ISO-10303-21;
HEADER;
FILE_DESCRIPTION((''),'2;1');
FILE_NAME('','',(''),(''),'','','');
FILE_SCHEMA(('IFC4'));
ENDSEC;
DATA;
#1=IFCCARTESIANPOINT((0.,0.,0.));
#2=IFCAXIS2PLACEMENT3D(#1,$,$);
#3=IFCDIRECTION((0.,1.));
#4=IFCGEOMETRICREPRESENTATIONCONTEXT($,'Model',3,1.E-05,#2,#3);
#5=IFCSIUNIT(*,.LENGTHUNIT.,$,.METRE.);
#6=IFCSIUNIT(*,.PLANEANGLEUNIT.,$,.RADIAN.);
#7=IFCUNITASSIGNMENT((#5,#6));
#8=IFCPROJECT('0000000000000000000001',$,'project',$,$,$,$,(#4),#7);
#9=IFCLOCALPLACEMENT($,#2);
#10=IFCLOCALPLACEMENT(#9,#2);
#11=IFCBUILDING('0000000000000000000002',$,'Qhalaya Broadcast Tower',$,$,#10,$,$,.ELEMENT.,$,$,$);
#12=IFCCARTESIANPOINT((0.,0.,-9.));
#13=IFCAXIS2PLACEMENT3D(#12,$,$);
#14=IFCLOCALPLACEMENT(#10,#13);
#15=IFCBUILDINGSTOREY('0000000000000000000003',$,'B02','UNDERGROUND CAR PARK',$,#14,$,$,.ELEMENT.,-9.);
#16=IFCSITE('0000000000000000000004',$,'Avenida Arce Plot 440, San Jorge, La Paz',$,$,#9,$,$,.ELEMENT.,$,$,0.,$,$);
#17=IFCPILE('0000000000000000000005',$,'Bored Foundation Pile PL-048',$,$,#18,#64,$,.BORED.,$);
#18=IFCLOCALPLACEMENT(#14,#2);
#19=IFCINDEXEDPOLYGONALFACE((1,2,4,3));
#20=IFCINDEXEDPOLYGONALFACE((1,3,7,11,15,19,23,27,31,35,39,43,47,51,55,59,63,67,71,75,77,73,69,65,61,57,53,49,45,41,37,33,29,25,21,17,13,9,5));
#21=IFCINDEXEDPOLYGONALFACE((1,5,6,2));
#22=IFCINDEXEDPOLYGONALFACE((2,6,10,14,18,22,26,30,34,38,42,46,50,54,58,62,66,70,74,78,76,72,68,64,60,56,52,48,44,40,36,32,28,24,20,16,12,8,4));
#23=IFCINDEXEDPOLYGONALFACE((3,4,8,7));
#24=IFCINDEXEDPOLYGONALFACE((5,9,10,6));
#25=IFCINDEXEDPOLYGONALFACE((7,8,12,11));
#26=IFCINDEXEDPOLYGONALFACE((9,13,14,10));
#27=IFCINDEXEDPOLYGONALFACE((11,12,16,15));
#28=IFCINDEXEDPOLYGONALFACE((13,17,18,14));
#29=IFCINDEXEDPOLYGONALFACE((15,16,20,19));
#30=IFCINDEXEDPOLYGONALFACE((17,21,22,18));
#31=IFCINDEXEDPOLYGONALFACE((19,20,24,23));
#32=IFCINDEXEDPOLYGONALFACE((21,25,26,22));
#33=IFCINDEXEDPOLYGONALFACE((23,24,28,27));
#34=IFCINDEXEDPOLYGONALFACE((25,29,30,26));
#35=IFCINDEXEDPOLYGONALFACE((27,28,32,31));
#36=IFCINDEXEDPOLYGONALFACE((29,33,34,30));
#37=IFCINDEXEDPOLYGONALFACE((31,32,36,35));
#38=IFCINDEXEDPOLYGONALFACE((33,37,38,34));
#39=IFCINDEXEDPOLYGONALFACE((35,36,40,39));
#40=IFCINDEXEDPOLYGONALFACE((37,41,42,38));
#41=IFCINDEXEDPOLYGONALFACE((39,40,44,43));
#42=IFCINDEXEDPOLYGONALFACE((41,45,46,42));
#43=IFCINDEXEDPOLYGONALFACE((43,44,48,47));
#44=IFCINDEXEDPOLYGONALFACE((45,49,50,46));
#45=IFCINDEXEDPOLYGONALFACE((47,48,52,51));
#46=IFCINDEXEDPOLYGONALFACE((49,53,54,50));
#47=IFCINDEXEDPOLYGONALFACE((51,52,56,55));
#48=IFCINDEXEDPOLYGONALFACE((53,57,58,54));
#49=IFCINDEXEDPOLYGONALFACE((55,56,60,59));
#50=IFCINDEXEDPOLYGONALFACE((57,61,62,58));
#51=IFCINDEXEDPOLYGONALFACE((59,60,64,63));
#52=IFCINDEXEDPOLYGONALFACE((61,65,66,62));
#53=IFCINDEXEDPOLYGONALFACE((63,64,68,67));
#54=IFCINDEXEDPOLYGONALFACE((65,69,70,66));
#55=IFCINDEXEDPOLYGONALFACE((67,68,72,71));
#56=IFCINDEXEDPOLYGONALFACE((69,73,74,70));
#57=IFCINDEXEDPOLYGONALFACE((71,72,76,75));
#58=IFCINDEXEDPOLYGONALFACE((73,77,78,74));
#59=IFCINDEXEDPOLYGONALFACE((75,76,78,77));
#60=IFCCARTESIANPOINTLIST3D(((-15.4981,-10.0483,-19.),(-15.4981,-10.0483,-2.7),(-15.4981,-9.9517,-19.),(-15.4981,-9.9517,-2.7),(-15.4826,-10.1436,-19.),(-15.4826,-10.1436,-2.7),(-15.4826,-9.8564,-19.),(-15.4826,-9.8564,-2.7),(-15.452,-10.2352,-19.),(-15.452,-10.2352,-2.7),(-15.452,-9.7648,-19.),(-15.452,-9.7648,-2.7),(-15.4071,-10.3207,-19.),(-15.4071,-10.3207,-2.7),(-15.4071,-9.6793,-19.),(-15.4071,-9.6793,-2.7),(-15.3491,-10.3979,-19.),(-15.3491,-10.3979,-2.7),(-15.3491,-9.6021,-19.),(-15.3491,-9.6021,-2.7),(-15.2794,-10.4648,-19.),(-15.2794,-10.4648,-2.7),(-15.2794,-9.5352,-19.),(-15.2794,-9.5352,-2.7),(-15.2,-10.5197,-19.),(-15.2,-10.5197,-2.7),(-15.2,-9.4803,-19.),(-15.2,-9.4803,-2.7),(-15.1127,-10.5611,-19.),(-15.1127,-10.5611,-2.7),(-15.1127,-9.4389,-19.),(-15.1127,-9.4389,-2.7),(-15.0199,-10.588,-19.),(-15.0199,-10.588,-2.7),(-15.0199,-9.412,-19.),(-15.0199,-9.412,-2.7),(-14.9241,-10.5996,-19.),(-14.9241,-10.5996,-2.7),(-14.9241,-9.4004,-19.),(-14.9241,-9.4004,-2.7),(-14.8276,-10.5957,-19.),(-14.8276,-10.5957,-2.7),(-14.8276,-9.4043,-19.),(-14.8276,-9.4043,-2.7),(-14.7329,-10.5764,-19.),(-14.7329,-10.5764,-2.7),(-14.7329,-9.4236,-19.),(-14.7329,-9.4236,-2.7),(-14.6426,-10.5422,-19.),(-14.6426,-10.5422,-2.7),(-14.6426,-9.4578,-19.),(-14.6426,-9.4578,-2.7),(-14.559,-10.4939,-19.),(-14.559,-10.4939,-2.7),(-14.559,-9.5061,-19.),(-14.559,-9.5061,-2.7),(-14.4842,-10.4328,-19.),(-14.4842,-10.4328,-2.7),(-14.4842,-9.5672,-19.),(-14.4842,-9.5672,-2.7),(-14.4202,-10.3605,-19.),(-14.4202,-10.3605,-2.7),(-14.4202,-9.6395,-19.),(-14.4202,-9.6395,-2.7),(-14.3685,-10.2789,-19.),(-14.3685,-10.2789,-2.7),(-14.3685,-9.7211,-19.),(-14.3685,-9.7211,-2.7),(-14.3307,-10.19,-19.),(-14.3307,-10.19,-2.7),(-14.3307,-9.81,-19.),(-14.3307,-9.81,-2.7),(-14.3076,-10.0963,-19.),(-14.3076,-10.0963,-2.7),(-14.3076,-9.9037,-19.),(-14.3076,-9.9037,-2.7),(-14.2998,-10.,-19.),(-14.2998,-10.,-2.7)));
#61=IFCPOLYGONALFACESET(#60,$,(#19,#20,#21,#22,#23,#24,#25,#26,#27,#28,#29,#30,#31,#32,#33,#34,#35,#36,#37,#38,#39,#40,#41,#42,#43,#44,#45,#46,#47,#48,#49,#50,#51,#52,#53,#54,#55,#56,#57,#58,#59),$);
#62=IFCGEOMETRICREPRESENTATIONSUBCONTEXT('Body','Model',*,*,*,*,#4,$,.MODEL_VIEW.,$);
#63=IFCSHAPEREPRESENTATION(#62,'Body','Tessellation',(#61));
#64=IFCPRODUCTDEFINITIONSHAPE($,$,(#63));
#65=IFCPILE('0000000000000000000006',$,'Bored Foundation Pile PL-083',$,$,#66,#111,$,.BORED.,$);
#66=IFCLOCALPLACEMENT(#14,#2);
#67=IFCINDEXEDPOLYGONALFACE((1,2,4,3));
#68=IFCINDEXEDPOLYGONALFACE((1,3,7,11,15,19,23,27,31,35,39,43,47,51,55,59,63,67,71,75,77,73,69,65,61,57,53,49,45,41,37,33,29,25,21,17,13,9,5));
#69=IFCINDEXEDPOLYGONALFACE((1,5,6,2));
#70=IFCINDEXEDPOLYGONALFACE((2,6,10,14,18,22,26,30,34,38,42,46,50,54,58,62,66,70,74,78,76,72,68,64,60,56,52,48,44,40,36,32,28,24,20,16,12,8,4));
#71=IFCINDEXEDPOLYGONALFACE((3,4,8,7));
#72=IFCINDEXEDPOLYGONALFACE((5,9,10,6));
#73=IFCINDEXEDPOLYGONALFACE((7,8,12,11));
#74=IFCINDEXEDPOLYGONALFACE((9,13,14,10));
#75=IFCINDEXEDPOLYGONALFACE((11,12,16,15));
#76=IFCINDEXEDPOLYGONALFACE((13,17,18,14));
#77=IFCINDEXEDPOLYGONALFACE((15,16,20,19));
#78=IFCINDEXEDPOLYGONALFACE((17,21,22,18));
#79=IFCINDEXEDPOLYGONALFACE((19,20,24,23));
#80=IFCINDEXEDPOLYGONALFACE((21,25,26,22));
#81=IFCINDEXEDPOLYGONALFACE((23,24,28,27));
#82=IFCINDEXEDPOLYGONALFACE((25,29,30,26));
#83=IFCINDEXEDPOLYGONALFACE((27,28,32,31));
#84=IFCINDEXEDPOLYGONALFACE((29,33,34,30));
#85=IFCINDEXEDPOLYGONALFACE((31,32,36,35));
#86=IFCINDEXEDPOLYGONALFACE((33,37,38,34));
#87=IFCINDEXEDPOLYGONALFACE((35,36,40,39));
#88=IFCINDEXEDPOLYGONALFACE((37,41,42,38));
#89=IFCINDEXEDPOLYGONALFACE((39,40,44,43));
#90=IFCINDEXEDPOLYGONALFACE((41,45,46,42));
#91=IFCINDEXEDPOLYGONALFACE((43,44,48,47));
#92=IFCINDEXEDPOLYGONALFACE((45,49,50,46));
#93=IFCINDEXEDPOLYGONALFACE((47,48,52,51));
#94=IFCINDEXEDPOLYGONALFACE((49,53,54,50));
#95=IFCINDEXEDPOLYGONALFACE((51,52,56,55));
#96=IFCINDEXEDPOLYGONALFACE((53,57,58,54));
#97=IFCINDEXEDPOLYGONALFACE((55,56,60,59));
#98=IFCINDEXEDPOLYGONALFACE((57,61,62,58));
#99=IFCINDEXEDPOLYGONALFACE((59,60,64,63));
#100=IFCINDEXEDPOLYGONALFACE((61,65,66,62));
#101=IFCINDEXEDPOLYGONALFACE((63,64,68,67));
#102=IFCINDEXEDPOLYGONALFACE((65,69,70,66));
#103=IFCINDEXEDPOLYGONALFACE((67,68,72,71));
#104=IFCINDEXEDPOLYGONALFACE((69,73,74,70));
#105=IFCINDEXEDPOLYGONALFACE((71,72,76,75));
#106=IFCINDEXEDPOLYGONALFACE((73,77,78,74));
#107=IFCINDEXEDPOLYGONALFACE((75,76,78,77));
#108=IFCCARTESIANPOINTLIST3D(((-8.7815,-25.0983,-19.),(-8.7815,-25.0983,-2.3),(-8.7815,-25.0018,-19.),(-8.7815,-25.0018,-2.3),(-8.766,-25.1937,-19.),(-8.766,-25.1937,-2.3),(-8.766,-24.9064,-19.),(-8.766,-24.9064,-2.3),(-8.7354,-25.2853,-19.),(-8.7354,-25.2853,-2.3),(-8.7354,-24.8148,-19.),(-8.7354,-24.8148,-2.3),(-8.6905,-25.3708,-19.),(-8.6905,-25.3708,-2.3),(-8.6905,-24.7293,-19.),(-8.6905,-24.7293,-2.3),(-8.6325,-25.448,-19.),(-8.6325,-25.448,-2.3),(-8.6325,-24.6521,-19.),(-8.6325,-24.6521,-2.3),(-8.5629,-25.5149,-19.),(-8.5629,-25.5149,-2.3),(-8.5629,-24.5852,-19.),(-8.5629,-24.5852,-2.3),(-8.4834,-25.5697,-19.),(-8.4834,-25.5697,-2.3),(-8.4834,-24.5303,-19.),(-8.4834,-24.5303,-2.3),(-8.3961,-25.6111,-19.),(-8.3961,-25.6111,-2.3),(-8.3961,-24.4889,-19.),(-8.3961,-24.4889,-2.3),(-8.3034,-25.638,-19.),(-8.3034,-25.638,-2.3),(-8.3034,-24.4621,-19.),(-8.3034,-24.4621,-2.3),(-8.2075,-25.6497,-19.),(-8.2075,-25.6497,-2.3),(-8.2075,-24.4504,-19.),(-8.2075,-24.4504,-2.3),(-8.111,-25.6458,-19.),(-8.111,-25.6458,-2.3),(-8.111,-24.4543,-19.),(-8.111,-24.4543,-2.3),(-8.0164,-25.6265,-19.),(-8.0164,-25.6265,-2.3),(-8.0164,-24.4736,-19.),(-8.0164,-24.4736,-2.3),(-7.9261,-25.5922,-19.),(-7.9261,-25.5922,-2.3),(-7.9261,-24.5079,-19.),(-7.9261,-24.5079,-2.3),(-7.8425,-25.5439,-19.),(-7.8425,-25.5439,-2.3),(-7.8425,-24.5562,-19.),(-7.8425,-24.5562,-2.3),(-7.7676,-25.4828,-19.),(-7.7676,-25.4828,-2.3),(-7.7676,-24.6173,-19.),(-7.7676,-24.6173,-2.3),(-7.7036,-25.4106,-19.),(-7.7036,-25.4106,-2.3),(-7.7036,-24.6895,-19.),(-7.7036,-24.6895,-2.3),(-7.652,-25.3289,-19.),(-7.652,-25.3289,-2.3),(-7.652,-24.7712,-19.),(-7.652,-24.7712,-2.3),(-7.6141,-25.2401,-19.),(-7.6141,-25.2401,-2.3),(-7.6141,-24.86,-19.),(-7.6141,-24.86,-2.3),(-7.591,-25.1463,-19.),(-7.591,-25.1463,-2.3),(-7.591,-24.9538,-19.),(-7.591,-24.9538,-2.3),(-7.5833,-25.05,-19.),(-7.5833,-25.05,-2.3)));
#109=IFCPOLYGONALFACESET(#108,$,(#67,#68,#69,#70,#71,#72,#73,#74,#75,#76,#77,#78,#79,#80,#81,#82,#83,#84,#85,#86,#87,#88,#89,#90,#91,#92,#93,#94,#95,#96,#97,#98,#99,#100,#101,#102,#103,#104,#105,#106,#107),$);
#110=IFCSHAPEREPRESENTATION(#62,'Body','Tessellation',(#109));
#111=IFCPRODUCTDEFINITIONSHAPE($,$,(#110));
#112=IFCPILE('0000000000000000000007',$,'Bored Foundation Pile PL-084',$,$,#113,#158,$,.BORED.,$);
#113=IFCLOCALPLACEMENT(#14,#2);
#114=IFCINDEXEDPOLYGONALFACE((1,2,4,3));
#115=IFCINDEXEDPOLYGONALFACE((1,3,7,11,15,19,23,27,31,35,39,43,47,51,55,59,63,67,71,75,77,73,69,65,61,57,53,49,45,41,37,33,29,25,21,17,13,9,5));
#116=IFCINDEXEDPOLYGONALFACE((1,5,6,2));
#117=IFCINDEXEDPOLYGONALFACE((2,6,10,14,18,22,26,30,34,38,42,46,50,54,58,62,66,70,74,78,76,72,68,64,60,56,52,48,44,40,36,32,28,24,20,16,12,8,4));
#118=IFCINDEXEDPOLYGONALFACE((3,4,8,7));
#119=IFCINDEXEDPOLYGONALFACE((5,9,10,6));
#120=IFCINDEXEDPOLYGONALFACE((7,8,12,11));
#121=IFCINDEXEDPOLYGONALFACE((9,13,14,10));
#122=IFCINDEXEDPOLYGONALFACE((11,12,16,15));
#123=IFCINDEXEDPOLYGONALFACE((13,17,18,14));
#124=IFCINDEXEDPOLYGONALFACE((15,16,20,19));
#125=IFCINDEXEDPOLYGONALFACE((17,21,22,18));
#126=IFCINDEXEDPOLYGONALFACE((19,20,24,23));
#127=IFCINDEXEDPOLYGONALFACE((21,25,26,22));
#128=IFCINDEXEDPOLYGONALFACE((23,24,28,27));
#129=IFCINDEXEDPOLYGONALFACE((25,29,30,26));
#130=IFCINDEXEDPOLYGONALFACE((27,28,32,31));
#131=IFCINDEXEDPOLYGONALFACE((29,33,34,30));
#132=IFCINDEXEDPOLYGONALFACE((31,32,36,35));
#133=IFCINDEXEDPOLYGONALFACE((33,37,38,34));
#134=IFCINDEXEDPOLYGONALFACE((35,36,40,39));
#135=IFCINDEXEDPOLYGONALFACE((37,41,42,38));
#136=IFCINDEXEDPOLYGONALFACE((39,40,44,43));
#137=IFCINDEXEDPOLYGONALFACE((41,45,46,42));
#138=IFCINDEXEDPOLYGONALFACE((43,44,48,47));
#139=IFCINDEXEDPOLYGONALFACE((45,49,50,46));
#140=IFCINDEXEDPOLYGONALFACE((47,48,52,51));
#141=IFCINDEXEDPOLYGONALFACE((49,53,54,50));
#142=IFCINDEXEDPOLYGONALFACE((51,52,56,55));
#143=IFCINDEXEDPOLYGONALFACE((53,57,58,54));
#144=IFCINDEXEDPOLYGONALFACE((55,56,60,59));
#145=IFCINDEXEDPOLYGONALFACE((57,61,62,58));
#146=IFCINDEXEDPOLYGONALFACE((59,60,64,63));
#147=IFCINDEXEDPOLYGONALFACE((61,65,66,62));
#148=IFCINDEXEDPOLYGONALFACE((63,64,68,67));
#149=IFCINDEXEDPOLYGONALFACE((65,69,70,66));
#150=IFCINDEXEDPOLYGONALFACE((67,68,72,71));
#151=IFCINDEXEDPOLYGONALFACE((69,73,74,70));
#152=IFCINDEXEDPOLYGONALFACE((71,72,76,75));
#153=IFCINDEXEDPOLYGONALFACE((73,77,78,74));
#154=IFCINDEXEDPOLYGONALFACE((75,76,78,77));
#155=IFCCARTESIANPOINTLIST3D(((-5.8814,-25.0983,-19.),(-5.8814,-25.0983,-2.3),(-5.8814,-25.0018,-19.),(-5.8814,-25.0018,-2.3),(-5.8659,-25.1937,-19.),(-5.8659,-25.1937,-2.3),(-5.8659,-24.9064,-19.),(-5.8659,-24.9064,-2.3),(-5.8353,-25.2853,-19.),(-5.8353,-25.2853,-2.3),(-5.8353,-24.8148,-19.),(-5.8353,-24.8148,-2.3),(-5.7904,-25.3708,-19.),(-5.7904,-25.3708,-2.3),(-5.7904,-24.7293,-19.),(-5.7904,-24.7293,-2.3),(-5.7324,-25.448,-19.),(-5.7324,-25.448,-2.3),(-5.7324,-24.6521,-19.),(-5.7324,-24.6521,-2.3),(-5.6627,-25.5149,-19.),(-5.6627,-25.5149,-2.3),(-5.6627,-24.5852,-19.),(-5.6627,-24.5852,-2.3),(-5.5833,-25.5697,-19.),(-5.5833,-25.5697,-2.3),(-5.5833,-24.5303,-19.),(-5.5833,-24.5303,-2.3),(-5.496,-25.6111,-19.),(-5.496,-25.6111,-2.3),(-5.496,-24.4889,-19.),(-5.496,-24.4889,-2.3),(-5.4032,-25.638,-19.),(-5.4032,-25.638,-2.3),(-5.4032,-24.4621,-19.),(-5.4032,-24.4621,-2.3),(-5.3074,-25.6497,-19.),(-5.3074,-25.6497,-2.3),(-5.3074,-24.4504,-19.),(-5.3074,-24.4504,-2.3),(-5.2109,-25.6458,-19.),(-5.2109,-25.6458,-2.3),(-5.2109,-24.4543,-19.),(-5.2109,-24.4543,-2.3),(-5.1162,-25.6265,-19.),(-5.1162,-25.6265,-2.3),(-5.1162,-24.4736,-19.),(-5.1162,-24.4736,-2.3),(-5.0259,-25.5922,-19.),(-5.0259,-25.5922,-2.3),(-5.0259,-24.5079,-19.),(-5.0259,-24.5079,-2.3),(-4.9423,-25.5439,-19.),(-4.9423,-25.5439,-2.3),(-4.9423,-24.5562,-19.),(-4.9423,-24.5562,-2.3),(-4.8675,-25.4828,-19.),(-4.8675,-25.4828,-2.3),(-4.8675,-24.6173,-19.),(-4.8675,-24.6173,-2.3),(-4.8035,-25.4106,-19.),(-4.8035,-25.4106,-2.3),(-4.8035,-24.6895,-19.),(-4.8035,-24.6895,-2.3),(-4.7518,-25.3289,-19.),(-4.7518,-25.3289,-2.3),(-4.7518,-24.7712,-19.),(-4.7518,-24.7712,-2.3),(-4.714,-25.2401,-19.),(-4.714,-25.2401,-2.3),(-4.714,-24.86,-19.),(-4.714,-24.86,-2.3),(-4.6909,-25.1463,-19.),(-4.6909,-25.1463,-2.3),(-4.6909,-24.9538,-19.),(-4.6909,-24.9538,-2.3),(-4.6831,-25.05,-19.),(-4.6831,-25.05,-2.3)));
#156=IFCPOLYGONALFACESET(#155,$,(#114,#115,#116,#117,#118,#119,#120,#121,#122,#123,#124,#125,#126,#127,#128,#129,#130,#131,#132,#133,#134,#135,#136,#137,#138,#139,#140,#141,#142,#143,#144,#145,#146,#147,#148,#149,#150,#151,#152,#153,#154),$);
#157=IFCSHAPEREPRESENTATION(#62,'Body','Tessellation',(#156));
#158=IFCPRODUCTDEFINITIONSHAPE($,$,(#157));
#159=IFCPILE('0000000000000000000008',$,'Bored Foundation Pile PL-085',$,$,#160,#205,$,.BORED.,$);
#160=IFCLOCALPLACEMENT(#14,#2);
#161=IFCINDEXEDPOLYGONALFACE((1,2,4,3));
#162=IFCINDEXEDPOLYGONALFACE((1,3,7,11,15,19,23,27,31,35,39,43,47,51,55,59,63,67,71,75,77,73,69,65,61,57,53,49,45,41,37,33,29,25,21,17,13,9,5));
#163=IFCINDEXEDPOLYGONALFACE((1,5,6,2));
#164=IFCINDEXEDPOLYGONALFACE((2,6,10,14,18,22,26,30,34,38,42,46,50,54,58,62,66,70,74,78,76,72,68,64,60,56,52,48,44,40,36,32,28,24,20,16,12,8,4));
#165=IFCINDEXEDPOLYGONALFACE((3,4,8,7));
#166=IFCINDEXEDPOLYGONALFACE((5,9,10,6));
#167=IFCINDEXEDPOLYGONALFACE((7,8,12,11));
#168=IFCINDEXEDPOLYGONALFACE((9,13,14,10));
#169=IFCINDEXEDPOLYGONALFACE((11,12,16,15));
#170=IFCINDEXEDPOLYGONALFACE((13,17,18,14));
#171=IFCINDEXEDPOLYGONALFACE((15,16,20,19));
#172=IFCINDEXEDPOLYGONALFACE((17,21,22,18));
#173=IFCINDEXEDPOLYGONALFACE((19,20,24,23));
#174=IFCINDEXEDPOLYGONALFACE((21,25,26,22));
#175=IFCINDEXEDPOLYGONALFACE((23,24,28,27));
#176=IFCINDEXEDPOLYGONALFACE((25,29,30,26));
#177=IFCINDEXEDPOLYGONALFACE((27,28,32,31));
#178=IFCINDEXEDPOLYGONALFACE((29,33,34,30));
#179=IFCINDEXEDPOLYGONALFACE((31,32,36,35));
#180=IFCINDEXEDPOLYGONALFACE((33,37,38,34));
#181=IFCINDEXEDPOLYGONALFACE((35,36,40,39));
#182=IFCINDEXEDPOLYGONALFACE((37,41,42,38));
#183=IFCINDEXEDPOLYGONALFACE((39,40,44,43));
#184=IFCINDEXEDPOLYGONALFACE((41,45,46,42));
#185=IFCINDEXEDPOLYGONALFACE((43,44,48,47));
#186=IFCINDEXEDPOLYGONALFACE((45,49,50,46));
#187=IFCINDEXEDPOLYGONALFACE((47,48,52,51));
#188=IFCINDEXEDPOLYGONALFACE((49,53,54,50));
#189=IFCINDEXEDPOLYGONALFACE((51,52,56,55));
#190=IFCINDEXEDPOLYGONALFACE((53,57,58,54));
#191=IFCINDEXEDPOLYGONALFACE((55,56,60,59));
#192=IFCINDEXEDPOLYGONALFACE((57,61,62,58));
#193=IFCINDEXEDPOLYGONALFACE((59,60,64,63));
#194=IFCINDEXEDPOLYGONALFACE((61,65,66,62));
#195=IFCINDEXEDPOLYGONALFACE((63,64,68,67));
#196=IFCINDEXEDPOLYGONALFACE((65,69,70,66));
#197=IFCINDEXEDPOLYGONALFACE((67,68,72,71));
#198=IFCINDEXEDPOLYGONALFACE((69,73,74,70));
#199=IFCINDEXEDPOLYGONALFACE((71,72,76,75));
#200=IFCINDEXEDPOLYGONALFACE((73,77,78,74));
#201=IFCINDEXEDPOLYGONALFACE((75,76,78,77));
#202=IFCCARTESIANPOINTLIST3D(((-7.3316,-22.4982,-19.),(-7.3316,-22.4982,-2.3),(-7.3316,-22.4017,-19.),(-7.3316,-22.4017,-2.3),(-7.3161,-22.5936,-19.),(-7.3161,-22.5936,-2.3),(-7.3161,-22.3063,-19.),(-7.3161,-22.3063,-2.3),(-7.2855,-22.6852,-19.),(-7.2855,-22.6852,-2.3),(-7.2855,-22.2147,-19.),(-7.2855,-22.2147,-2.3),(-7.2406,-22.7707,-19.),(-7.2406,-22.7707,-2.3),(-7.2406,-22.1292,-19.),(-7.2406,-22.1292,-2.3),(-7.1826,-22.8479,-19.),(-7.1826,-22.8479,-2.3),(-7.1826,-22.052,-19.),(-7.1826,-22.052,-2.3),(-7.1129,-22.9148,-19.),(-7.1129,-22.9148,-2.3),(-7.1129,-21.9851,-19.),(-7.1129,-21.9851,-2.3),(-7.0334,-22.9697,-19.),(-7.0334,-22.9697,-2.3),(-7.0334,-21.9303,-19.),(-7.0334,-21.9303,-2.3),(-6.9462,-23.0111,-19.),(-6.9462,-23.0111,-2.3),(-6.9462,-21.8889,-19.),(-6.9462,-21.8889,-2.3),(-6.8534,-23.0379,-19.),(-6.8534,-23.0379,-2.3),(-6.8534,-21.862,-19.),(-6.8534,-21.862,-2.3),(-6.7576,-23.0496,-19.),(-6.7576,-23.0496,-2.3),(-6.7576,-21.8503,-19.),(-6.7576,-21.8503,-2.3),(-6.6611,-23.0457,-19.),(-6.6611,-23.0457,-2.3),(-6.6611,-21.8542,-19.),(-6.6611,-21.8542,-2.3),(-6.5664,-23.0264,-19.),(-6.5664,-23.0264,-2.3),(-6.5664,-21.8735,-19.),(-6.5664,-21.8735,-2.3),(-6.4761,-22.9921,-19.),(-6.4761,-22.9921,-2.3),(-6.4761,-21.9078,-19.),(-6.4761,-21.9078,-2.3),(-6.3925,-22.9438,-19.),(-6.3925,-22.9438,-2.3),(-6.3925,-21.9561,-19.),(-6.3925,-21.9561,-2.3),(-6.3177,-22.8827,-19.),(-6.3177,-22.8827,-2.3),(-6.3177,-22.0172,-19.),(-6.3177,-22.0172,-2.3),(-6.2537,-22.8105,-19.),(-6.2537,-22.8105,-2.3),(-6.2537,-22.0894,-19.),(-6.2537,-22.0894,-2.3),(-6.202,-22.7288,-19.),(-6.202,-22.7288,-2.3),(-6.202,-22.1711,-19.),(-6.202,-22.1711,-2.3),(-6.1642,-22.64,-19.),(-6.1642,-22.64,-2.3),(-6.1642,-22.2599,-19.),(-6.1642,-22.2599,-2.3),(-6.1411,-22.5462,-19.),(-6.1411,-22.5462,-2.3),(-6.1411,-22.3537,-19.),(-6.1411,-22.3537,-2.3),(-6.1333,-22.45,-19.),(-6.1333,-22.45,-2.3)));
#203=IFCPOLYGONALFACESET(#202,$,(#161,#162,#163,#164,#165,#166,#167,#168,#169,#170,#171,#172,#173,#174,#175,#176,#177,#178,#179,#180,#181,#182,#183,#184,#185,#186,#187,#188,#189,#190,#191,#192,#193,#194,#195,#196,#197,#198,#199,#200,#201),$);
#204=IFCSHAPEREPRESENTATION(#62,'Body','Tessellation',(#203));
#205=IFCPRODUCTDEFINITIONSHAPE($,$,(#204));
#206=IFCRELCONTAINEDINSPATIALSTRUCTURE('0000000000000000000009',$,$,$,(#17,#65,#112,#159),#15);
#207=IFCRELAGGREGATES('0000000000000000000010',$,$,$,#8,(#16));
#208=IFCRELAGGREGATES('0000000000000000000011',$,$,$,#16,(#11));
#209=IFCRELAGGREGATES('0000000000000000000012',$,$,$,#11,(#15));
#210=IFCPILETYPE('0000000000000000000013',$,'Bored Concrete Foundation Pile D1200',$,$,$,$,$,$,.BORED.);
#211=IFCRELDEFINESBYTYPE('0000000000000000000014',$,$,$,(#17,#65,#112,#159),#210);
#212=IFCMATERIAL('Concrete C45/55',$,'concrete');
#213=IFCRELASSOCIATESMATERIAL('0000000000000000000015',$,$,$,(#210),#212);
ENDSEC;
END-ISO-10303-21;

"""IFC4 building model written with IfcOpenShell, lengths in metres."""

from ifc_helpers import new_model, si_unit, direction, frame, origin, origin_2d, place, context, subcontext, project, spatial, circle, extrude, material, material_profile, profile_set, type_object, element, save


model = new_model("IFC4")

# Units and contexts
model_context = context("Model", 3, precision=1e-05, world=origin(), true_north=direction((0.0, 1.0)))
body_context = subcontext(model_context, "Body", "Model", "MODEL_VIEW")
ifc_project = project(units=[si_unit("LENGTHUNIT", "METRE"), si_unit("PLANEANGLEUNIT", "RADIAN")], contexts=[model_context])

# Site, building, storey
site_placement = place(None, origin())
site = spatial("IfcSite", under=ifc_project, at=site_placement, Name="Avenida Arce Plot 440, San Jorge, La Paz", CompositionType="ELEMENT", RefElevation=0.0)
building_placement = place(site_placement, origin())
building = spatial("IfcBuilding", under=site, at=building_placement, Name="Qhalaya Broadcast Tower", CompositionType="ELEMENT")
storey_placement = place(building_placement, frame((0.0, 0.0, -9.0)))
storey = spatial("IfcBuildingStorey", under=building, at=storey_placement, Name="B02", Description="UNDERGROUND CAR PARK", CompositionType="ELEMENT", Elevation=-9.0)

# Piles
ifc_material_1 = material(Name="Concrete C45/55", Category="concrete")
ifc_material_profile_1 = material_profile(ifc_material_1, circle(Radius=0.6001, at=origin_2d()), Name="PILE D1200")
ifc_profile_set_1 = profile_set([ifc_material_profile_1], Name="Concrete C45/55")
pile_type_1 = type_object("IfcPileType", Name="Bored Concrete Foundation Pile D1200", PredefinedType="BORED", material=ifc_profile_set_1)
pile_placement = place(storey_placement, frame((-14.8999, -10.0, -2.7), z_axis=(0.0, 0.0, -1.0), x_axis=(1.0, 0.0, 0.0)))
element("IfcPile", 1, at=pile_placement, inside=storey, type_object=pile_type_1, Name="Bored Foundation Pile PL-048", PredefinedType="BORED", context=body_context, shape_type="SweptSolid", body=[
    extrude(circle(Radius=0.6001, at=origin_2d()), origin(), (0.0, 0.0, 1.0), 16.3),
])
for number, where, z_axis, x_axis, name in (
    (2, (-8.1833, -25.05, -2.3), (0.0, 0.0, -1.0), (1.0, 0.0, 0.0), "Bored Foundation Pile PL-083"),
    (3, (-5.2832, -25.05, -2.3), (0.0, 0.0, -1.0), (1.0, 0.0, 0.0), "Bored Foundation Pile PL-084"),
    (4, (-6.7334, -22.45, -2.3), (0.0, 0.0, -1.0), (1.0, 0.0, 0.0), "Bored Foundation Pile PL-085"),
):
    element("IfcPile", number, at=place(storey_placement, frame(where, z_axis=z_axis, x_axis=x_axis)), inside=storey, type_object=pile_type_1, Name=name, PredefinedType="BORED", context=body_context, shape_type="SweptSolid", body=[
        extrude(circle(Radius=0.6001, at=origin_2d()), origin(), (0.0, 0.0, 1.0), 16.7),
    ])

save(model, "model.ifc")
